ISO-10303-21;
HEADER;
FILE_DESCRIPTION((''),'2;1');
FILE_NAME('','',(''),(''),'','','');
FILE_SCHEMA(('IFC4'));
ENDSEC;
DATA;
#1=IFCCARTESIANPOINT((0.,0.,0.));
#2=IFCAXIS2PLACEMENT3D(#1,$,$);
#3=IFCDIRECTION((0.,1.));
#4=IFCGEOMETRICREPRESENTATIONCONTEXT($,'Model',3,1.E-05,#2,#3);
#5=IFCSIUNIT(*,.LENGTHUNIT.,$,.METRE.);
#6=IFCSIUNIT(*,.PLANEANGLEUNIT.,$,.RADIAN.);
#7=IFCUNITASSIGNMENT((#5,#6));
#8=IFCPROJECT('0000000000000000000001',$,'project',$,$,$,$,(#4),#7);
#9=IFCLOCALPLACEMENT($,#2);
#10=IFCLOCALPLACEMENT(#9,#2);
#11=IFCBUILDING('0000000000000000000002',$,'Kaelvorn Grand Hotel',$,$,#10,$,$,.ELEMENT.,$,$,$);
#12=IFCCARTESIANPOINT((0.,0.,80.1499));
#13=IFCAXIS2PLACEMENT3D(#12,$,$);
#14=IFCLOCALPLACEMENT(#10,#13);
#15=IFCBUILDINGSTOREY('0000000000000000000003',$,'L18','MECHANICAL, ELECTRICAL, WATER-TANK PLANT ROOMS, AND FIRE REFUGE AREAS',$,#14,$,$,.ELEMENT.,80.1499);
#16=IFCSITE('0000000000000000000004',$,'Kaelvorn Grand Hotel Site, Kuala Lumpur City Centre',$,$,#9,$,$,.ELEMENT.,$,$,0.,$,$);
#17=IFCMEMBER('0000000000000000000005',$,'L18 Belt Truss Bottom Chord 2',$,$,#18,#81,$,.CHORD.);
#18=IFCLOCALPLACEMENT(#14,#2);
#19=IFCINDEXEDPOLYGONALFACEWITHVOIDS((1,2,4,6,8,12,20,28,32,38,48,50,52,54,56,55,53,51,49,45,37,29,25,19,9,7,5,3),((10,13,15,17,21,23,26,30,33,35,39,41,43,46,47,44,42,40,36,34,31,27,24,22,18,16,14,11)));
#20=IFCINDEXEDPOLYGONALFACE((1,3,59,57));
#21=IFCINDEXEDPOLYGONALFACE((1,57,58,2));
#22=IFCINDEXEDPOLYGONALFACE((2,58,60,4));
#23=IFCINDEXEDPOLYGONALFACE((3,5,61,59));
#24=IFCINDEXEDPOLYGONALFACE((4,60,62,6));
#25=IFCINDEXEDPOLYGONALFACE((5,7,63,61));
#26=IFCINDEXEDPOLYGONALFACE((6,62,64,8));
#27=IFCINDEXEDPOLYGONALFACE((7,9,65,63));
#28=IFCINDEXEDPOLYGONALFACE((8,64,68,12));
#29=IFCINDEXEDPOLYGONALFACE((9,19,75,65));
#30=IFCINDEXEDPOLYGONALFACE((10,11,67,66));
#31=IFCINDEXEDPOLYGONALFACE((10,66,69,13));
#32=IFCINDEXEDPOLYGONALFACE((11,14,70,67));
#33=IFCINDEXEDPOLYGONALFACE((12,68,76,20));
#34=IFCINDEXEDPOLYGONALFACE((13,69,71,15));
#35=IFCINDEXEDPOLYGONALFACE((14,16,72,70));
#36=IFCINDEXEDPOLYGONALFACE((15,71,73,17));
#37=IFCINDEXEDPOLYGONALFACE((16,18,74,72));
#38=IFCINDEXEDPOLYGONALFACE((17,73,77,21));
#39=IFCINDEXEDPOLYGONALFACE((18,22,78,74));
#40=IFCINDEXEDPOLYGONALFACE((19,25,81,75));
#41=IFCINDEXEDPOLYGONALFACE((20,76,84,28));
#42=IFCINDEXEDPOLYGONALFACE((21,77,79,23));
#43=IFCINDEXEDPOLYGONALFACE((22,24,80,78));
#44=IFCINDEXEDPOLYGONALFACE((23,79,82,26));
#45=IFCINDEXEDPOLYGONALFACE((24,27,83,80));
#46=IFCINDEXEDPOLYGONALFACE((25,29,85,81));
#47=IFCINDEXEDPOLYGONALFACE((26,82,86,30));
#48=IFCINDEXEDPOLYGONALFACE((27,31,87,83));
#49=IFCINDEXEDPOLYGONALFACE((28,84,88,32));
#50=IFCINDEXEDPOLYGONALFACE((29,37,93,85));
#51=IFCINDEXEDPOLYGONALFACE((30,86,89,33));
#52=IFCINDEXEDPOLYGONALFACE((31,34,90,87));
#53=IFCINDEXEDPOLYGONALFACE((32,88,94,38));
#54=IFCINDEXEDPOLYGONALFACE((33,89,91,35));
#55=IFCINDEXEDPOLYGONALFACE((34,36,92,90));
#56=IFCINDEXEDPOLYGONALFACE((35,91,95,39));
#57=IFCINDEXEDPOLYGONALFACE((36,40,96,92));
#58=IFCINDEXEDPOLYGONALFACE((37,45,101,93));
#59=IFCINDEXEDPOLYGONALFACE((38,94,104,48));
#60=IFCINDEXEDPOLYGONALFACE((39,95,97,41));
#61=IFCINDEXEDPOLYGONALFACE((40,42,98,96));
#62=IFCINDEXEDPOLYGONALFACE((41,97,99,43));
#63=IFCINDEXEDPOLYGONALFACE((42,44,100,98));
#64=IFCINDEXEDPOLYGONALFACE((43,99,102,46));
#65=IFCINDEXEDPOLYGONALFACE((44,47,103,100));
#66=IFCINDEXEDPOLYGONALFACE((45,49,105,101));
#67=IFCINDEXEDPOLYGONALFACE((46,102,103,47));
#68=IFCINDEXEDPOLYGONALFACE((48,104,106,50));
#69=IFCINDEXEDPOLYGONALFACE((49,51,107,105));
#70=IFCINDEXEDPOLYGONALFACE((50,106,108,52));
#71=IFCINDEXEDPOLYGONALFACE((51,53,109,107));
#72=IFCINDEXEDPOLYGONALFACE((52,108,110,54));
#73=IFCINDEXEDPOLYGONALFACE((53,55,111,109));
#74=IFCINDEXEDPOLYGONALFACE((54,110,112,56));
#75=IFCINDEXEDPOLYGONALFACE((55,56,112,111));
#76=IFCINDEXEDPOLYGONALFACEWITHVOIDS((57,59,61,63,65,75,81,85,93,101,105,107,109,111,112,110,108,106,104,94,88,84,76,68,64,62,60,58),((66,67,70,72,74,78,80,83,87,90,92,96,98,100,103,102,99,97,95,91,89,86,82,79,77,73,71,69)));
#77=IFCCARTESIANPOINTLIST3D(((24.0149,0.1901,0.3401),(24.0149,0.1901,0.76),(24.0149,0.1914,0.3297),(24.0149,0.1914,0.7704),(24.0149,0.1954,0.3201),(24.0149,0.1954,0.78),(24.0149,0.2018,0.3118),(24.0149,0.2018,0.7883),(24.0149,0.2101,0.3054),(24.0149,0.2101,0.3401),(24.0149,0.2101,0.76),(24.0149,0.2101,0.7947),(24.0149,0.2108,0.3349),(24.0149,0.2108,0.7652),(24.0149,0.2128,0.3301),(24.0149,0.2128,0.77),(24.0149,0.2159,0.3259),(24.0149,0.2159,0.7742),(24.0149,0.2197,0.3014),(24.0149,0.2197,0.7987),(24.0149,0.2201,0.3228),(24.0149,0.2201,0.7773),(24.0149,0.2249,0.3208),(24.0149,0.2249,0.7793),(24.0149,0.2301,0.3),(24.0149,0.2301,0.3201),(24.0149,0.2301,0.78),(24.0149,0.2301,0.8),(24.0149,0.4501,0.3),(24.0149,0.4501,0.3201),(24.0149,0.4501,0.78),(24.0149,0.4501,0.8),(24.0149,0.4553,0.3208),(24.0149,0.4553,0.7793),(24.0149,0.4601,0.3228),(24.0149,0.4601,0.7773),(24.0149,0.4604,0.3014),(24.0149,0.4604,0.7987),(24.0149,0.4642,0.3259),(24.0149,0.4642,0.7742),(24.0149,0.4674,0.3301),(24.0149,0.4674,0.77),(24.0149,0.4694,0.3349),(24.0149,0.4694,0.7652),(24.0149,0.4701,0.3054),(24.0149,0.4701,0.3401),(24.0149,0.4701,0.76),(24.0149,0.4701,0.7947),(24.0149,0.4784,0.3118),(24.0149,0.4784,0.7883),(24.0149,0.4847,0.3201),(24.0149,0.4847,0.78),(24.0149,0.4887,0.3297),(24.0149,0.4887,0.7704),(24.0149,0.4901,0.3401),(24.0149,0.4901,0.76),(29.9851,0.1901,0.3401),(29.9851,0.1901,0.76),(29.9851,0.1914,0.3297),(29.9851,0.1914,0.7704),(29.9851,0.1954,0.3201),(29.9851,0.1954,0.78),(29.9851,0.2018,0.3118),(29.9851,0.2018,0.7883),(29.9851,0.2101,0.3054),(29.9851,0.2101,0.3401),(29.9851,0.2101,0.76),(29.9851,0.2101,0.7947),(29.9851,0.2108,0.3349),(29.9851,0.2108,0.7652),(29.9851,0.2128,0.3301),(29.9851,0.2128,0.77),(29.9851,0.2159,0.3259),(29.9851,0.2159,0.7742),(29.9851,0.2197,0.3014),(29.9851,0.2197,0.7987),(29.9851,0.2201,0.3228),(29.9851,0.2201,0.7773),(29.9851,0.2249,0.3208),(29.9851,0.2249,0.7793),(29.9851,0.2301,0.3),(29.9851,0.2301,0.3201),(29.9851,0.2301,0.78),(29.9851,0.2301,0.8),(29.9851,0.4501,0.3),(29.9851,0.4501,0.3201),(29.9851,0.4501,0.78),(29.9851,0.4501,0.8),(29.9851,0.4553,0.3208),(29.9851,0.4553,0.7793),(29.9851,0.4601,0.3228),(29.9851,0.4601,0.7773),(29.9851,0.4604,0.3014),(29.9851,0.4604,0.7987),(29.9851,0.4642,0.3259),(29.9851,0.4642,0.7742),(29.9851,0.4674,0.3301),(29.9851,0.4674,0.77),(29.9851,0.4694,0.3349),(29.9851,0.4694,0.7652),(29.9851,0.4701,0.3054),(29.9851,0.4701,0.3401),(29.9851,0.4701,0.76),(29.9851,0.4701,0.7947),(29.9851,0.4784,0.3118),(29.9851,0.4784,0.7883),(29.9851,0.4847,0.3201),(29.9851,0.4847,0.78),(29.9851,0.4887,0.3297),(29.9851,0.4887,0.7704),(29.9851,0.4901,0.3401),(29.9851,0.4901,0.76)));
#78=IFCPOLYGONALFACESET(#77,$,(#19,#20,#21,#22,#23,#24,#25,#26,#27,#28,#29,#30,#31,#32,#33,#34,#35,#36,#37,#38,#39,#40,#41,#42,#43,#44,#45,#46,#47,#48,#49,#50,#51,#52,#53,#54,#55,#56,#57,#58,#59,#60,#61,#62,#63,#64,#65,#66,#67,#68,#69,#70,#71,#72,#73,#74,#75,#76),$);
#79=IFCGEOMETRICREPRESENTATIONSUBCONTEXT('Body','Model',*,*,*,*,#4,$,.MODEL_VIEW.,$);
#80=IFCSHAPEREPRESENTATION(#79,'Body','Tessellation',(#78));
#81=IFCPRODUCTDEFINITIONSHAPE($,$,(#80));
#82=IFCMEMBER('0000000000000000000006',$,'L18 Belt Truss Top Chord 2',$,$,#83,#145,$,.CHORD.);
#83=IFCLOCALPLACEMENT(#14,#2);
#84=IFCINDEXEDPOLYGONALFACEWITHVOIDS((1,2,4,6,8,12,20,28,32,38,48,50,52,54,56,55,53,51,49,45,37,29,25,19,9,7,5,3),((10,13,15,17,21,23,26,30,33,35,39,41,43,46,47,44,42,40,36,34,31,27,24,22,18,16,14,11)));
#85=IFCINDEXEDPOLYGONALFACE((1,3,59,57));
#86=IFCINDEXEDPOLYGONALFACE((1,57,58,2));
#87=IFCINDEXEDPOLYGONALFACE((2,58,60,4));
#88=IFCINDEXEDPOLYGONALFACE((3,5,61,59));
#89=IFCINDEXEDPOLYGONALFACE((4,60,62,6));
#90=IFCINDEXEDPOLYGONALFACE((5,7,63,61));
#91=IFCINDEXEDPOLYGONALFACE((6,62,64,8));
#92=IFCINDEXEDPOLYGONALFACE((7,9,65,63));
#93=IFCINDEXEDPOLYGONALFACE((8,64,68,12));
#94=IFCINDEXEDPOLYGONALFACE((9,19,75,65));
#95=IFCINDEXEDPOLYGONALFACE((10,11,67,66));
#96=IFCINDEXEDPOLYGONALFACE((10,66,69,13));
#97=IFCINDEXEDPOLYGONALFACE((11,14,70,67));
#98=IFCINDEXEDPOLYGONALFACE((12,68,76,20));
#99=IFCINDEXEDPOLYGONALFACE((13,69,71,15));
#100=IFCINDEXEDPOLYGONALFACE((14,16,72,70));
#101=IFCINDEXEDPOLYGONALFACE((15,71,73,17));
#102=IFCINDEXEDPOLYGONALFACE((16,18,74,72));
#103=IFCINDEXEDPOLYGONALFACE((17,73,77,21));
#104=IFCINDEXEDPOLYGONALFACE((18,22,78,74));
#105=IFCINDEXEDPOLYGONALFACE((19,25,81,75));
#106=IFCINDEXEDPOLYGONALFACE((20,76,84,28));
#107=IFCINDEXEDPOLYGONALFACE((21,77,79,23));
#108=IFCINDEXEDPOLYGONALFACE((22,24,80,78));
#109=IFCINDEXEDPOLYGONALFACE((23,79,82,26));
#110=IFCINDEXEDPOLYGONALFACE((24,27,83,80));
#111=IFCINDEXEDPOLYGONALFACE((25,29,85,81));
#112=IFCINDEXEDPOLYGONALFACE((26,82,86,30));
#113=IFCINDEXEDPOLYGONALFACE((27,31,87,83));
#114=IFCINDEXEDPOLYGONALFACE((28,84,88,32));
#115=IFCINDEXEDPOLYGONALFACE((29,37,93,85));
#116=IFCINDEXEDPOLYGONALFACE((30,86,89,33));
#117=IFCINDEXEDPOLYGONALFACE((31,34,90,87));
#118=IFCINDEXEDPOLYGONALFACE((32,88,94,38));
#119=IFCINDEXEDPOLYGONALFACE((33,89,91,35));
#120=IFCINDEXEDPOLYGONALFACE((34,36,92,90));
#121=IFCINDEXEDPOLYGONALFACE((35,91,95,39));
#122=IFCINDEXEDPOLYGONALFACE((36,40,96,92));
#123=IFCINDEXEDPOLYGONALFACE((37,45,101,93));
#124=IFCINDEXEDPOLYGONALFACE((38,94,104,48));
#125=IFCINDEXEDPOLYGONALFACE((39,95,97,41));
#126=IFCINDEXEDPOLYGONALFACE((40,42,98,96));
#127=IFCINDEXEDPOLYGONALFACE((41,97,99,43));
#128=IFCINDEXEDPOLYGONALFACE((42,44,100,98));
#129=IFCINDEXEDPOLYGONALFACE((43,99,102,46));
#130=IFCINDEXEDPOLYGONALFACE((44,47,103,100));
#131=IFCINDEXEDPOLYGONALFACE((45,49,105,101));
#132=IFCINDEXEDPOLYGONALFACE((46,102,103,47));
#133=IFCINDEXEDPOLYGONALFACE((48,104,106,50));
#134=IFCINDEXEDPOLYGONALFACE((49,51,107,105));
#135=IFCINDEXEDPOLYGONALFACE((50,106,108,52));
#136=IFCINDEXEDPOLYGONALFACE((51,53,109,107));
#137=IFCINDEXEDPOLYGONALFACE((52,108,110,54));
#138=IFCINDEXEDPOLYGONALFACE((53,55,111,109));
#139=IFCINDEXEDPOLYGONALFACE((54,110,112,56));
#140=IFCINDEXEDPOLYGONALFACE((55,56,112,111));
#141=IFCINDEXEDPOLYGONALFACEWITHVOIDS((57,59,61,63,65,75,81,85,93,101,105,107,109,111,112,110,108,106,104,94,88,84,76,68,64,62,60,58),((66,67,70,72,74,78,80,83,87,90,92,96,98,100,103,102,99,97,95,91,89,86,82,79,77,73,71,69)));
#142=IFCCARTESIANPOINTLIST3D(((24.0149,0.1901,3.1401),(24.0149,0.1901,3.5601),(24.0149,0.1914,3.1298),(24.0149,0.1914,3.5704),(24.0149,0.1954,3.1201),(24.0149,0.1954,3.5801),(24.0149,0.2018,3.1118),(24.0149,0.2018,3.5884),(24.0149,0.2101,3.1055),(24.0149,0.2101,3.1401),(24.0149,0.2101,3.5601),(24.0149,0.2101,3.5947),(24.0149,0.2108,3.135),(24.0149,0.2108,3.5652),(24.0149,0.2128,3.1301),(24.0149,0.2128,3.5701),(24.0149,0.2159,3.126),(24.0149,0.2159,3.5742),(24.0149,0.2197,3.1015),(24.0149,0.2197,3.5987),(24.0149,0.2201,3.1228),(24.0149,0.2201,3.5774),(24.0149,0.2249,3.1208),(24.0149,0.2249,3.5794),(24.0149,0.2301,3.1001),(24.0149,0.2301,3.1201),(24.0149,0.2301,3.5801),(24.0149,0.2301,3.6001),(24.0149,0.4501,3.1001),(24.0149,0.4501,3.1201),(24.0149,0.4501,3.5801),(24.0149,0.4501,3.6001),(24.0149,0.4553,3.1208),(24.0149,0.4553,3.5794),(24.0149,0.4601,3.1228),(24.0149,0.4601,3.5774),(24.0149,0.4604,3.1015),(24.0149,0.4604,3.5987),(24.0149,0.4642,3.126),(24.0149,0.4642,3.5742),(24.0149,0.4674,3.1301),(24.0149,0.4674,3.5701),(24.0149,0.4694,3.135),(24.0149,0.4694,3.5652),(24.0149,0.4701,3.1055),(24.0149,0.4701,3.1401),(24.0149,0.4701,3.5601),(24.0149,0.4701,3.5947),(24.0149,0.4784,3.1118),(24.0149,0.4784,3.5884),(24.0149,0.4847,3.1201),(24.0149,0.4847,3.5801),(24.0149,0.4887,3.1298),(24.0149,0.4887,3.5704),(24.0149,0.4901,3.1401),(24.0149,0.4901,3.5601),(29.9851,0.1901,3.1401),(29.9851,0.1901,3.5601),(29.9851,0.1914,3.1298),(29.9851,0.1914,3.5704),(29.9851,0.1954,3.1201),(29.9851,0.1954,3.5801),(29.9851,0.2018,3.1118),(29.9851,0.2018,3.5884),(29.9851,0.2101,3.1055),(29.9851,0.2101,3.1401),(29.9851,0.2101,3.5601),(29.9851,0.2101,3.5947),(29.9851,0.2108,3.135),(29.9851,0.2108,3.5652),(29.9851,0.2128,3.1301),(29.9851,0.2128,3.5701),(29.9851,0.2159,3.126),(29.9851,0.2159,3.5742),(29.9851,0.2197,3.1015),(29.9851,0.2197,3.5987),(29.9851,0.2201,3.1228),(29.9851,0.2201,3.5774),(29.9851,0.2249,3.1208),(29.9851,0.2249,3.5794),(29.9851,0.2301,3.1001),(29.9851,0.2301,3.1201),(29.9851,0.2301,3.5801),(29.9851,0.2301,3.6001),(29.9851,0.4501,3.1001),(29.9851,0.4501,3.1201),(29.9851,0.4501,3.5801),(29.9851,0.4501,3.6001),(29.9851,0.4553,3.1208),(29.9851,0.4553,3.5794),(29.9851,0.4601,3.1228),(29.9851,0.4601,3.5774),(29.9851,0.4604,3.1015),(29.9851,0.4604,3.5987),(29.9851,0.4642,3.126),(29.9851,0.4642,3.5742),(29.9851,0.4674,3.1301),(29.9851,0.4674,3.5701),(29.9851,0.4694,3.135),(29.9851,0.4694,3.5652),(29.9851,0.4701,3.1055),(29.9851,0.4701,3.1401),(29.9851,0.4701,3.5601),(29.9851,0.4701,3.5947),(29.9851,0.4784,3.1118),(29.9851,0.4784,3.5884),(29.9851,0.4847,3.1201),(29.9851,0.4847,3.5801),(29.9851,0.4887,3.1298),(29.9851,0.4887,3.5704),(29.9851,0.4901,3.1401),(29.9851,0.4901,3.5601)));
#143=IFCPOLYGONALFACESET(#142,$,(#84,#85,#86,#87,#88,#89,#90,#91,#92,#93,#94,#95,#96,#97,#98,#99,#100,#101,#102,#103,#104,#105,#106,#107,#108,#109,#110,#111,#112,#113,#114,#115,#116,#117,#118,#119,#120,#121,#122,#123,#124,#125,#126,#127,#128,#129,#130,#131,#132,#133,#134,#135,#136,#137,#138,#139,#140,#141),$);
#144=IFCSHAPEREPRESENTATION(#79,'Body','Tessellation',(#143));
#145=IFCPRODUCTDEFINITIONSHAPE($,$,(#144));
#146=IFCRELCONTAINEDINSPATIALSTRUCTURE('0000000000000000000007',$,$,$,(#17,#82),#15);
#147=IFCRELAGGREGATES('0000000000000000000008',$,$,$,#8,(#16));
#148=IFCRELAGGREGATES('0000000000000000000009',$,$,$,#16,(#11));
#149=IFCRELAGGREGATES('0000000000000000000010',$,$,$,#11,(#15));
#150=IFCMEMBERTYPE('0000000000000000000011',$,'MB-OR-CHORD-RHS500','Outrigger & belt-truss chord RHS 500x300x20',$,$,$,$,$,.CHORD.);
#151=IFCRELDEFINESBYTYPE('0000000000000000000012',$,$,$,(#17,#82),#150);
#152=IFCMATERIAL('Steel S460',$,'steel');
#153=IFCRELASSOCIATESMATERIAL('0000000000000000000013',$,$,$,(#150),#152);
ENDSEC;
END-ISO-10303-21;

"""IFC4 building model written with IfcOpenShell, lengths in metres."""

from ifc_helpers import new_model, si_unit, direction, frame, origin, origin_2d, place, context, subcontext, project, spatial, hollow_rectangle, extrude, material, material_profile, profile_set, type_object, element, save


model = new_model("IFC4")

# Units and contexts
model_context = context("Model", 3, precision=1e-05, world=origin(), true_north=direction((0.0, 1.0)))
body_context = subcontext(model_context, "Body", "Model", "MODEL_VIEW")
ifc_project = project(units=[si_unit("LENGTHUNIT", "METRE"), si_unit("PLANEANGLEUNIT", "RADIAN")], contexts=[model_context])

# Site, building, storey
site_placement = place(None, origin())
site = spatial("IfcSite", under=ifc_project, at=site_placement, Name="Kaelvorn Grand Hotel Site, Kuala Lumpur City Centre", CompositionType="ELEMENT", RefElevation=0.0)
building_placement = place(site_placement, origin())
building = spatial("IfcBuilding", under=site, at=building_placement, Name="Kaelvorn Grand Hotel", CompositionType="ELEMENT")
storey_placement = place(building_placement, frame((0.0, 0.0, 80.1499)))
storey = spatial("IfcBuildingStorey", under=building, at=storey_placement, Name="L18", Description="MECHANICAL, ELECTRICAL, WATER-TANK PLANT ROOMS, AND FIRE REFUGE AREAS", CompositionType="ELEMENT", Elevation=80.1499)

# Members
ifc_material_1 = material(Name="Steel S460", Category="steel")
ifc_material_profile_1 = material_profile(ifc_material_1, hollow_rectangle(XDim=0.3, YDim=0.5, WallThickness=0.02, InnerFilletRadius=0.02, OuterFilletRadius=0.04, at=origin_2d()), Name="RHS 500x300x20.0")
ifc_profile_set_1 = profile_set([ifc_material_profile_1], Name="Steel S460")
member_type_1 = type_object("IfcMemberType", Name="MB-OR-CHORD-RHS500", Description="Outrigger & belt-truss chord RHS 500x300x20", PredefinedType="CHORD", material=ifc_profile_set_1)
for number, where, z_axis, x_axis, name in (
    (1, (24.0149, 0.3401, 0.55), (1.0, 0.0, 0.0), (0.0, 1.0, 0.0), "L18 Belt Truss Bottom Chord 2"),
    (2, (24.0149, 0.3401, 3.3501), (1.0, 0.0, 0.0), (0.0, 1.0, 0.0), "L18 Belt Truss Top Chord 2"),
):
    element("IfcMember", number, at=place(storey_placement, frame(where, z_axis=z_axis, x_axis=x_axis)), inside=storey, type_object=member_type_1, Name=name, PredefinedType="CHORD", context=body_context, shape_type="SweptSolid", body=[
        extrude(hollow_rectangle(XDim=0.3, YDim=0.5, WallThickness=0.02, InnerFilletRadius=0.02, OuterFilletRadius=0.04, at=origin_2d()), origin(), (0.0, 0.0, 1.0), 5.9702),
    ])

save(model, "model.ifc")
